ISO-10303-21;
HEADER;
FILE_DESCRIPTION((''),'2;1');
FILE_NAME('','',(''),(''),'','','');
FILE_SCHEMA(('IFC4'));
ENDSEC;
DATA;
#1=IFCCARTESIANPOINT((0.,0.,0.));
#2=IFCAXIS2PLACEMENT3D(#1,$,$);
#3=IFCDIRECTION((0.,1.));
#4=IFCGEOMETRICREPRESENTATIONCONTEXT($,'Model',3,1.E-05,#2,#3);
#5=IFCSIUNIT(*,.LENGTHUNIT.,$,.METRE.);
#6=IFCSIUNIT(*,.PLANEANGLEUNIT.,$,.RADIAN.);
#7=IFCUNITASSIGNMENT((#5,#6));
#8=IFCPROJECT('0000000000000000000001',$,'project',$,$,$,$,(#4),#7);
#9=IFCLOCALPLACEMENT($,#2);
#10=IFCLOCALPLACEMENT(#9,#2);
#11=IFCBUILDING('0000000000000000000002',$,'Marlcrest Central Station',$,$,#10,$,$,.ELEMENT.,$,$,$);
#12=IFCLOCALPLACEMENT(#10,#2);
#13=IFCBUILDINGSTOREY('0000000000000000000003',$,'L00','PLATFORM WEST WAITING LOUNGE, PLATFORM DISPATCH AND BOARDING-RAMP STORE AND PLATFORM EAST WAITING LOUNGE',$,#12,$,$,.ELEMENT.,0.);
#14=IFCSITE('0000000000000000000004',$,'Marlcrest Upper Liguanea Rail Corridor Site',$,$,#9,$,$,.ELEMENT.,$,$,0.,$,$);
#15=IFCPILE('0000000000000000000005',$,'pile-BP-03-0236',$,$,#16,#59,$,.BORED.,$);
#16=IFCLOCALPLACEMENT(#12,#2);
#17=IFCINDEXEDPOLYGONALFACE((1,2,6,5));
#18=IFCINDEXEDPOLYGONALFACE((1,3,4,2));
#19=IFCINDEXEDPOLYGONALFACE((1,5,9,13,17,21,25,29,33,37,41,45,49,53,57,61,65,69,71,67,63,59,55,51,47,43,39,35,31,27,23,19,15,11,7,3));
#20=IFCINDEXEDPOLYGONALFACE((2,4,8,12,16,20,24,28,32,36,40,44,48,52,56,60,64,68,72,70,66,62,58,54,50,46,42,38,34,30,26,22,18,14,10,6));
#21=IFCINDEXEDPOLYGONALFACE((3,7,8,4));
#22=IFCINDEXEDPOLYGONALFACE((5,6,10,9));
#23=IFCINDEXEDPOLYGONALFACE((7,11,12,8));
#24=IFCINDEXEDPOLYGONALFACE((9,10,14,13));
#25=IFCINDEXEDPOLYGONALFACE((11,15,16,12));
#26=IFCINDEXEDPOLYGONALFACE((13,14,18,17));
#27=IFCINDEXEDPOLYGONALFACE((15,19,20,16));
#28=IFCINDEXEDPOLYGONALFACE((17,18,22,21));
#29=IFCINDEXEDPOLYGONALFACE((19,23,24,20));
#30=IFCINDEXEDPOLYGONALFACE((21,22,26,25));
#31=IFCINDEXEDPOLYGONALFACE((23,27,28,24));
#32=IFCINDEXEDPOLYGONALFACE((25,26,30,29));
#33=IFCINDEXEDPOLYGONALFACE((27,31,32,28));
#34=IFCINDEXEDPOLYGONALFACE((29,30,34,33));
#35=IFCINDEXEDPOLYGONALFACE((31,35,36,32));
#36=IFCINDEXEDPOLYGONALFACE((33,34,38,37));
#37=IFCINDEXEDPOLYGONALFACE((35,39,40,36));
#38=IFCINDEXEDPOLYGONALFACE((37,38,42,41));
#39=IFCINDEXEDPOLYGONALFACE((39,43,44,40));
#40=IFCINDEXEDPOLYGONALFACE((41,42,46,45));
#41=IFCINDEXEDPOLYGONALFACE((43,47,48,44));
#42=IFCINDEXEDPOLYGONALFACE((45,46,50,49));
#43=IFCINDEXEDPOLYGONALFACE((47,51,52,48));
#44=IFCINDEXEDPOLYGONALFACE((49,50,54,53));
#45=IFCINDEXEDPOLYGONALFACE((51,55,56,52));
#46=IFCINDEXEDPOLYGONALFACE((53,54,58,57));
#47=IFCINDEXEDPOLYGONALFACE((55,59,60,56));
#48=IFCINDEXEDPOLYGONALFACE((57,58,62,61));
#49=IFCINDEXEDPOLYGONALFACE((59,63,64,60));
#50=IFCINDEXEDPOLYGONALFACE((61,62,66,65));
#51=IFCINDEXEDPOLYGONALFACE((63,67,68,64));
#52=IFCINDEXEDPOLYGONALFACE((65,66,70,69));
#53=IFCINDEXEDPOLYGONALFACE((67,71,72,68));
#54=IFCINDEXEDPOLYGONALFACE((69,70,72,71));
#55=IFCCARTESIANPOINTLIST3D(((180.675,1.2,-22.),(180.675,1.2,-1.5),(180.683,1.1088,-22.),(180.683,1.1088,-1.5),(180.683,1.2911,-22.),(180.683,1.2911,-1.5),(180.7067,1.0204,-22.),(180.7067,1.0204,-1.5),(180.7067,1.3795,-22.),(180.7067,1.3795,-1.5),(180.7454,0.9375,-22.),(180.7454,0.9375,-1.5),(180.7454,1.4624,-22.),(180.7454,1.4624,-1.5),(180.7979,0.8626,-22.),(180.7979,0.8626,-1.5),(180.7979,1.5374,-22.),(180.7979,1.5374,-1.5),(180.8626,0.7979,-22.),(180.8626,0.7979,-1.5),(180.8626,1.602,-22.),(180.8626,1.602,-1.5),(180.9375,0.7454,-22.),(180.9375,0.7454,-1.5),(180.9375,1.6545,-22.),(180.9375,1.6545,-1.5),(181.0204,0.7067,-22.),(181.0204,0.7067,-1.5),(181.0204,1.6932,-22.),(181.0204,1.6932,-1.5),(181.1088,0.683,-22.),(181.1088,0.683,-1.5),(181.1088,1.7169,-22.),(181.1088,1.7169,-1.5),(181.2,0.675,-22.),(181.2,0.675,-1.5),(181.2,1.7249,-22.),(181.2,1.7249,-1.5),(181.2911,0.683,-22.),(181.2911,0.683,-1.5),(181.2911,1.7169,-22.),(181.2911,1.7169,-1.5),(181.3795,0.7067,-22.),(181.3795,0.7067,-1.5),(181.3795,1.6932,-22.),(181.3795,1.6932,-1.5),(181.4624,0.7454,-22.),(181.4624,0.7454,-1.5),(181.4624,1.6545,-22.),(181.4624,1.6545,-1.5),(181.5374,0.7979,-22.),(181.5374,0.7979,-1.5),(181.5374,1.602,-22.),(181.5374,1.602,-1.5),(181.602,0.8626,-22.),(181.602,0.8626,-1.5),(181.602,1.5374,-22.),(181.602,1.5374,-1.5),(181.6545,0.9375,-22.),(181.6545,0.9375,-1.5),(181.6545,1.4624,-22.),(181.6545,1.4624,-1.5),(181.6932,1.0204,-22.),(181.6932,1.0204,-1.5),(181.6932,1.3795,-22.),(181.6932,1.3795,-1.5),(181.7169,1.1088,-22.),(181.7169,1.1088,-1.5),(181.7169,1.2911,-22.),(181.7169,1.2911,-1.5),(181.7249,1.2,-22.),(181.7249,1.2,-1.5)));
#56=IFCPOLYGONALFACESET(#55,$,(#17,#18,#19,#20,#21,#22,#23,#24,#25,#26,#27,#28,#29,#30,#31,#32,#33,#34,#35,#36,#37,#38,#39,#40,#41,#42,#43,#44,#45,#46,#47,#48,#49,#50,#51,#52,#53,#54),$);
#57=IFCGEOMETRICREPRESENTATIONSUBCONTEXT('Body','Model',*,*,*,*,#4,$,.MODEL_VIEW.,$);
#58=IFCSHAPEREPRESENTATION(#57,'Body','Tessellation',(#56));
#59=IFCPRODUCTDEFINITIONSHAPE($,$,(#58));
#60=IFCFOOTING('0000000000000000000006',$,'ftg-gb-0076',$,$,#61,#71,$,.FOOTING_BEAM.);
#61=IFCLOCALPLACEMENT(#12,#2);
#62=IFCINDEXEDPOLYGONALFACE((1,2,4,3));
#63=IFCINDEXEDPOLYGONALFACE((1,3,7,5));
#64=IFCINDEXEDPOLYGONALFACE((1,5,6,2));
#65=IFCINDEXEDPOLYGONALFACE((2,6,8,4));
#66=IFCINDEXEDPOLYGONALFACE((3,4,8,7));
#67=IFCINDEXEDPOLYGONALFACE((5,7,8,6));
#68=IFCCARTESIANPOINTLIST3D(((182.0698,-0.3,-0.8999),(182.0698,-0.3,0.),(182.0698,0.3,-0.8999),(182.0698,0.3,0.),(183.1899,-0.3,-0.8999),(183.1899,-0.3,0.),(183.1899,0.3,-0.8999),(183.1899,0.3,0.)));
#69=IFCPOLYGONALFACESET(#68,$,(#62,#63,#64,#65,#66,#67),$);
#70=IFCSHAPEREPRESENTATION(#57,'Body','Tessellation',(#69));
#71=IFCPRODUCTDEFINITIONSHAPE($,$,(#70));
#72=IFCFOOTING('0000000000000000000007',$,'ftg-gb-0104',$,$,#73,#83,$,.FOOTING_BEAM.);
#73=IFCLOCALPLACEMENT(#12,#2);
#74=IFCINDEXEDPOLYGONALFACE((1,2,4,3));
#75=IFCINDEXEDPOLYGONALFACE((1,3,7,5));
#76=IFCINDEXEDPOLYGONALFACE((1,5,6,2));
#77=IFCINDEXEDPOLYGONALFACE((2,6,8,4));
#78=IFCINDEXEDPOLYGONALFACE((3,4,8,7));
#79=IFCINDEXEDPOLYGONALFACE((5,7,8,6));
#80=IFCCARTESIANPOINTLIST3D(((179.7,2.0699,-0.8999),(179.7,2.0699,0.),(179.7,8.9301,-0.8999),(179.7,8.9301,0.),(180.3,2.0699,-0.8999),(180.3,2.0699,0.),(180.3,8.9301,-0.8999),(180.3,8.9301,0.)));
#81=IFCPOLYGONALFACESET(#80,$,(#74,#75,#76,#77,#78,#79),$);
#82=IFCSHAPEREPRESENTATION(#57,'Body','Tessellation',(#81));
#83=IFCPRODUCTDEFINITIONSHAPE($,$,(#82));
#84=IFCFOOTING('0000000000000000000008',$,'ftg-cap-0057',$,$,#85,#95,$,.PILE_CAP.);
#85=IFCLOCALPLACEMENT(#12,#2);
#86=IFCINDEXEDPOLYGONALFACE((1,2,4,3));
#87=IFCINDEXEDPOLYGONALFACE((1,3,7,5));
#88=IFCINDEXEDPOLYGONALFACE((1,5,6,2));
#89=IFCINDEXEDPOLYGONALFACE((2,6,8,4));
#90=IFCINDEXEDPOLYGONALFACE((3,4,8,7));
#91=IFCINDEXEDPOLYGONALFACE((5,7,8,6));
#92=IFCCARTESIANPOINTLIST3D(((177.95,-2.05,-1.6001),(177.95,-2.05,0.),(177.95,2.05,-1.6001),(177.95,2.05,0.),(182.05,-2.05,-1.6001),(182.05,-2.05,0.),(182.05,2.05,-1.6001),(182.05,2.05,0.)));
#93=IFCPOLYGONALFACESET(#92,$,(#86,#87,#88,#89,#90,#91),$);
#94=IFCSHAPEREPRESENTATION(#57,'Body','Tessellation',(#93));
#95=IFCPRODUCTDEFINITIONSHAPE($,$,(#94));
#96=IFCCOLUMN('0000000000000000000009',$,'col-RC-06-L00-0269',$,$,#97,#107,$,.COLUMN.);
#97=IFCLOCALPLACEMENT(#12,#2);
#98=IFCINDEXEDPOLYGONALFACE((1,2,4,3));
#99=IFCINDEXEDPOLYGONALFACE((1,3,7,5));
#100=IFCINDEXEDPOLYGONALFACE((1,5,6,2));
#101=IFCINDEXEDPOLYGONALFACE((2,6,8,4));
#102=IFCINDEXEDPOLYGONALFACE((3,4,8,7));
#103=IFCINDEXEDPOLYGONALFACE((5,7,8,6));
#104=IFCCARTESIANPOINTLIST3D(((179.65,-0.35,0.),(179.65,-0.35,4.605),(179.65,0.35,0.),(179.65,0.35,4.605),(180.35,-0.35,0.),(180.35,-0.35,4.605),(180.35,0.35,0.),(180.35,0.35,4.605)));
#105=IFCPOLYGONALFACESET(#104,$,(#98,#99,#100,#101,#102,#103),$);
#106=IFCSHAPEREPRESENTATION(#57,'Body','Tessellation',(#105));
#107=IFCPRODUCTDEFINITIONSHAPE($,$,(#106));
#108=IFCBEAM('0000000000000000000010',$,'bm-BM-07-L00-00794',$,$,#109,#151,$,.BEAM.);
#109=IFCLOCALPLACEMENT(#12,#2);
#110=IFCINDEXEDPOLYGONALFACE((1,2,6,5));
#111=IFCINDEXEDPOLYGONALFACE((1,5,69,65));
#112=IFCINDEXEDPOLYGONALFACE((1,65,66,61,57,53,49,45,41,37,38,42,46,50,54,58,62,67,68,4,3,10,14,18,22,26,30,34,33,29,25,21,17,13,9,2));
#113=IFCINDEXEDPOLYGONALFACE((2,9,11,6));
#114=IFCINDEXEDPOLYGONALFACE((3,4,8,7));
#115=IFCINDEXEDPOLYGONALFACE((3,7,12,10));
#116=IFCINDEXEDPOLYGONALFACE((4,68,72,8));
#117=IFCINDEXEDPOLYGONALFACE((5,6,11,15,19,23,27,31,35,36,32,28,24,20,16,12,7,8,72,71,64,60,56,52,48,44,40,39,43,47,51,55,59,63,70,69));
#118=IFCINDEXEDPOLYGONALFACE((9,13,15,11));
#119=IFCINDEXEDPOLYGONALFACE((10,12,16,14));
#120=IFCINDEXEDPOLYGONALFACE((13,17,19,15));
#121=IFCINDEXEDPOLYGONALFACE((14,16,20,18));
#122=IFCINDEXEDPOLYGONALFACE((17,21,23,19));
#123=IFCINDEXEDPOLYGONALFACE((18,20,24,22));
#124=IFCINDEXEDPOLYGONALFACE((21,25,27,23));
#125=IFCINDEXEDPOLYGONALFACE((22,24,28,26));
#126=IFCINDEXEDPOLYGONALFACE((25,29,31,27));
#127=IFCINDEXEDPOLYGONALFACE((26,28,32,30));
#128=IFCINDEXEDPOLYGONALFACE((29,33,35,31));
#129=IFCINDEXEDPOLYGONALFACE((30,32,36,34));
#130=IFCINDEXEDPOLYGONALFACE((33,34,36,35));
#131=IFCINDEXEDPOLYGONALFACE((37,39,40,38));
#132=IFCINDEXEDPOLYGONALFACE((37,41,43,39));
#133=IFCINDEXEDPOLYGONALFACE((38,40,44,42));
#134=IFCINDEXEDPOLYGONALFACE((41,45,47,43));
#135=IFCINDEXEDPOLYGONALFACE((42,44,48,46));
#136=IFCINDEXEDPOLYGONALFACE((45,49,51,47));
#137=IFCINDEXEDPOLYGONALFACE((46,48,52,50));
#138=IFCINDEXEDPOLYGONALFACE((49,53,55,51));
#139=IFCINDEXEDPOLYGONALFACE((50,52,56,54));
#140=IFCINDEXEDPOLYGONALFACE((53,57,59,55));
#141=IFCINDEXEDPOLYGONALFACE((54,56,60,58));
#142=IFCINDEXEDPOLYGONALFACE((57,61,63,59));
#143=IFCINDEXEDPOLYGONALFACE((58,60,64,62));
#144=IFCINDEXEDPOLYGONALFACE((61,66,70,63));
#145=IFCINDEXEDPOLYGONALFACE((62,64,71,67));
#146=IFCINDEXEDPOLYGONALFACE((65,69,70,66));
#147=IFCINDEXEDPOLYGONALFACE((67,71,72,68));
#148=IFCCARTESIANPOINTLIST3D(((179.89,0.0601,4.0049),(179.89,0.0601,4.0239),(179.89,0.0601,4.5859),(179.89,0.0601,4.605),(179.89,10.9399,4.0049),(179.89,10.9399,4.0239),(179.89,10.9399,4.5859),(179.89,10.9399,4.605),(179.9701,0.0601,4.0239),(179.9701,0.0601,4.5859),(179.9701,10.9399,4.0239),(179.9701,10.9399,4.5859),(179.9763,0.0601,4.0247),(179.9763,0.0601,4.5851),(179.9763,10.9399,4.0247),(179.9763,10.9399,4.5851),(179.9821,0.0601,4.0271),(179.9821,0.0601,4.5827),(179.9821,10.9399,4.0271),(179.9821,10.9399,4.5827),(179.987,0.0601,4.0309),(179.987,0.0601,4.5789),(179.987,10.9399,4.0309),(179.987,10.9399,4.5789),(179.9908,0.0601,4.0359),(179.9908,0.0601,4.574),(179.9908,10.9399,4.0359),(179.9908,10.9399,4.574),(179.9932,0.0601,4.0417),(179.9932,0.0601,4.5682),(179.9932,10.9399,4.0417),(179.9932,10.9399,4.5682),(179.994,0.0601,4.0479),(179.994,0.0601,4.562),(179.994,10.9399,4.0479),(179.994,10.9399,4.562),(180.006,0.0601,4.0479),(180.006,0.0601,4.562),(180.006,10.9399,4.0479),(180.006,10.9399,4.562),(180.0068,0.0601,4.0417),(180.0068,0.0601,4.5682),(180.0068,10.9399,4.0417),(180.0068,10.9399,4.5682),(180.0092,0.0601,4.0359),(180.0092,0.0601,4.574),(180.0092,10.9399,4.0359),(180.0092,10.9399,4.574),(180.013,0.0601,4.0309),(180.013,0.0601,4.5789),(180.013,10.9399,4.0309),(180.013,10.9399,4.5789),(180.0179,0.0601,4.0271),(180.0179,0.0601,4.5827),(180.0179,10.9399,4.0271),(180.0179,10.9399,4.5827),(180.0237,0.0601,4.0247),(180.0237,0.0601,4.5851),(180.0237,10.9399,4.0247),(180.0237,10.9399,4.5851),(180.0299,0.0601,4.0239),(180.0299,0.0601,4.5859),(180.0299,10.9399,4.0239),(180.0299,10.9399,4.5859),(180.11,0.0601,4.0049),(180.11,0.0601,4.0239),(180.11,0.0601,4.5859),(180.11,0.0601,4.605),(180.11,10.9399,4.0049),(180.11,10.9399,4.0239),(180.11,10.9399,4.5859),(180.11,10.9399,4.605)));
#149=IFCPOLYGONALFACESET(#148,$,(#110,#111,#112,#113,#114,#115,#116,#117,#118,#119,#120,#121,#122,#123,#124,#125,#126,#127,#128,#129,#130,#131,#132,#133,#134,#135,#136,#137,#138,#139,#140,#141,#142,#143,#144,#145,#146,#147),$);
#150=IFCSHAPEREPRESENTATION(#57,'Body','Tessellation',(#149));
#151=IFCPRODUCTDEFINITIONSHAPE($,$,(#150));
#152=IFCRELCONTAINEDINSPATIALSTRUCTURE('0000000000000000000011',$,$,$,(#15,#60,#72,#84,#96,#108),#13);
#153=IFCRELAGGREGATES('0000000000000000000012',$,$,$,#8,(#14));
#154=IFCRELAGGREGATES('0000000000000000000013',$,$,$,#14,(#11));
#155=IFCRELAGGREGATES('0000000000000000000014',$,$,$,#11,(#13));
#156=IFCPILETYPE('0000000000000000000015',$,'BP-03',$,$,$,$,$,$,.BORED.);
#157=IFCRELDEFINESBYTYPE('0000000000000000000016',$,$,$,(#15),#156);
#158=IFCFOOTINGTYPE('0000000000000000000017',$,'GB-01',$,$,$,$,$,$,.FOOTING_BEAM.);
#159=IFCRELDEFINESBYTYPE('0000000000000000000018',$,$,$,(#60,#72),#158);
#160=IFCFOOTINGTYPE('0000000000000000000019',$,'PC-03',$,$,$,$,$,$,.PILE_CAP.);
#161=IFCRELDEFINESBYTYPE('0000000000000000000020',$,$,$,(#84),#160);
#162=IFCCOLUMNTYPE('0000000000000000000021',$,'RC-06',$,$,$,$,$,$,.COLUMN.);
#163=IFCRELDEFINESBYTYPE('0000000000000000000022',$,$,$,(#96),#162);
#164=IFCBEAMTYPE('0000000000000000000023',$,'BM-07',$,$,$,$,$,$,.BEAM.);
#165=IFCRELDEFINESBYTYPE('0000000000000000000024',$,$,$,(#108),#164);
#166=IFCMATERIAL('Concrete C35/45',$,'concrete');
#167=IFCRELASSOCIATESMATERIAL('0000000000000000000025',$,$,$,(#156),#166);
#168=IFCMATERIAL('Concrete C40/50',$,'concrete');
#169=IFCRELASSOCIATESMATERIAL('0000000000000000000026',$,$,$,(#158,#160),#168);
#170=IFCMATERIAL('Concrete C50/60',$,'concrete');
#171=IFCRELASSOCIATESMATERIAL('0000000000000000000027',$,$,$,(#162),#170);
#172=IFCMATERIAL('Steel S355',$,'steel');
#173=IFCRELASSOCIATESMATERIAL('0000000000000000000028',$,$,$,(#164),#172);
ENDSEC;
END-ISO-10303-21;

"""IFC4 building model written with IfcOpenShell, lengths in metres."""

from ifc_helpers import new_model, si_unit, direction, frame, origin, origin_2d, place, context, subcontext, project, spatial, rectangle, circle, i_section, extrude, material, material_profile, profile_set, type_object, element, save


model = new_model("IFC4")

# Units and contexts
model_context = context("Model", 3, precision=1e-05, world=origin(), true_north=direction((0.0, 1.0)))
body_context = subcontext(model_context, "Body", "Model", "MODEL_VIEW")
ifc_project = project(units=[si_unit("LENGTHUNIT", "METRE"), si_unit("PLANEANGLEUNIT", "RADIAN")], contexts=[model_context])

# Site, building, storey
site_placement = place(None, origin())
site = spatial("IfcSite", under=ifc_project, at=site_placement, Name="Marlcrest Upper Liguanea Rail Corridor Site", CompositionType="ELEMENT", RefElevation=0.0)
building_placement = place(site_placement, origin())
building = spatial("IfcBuilding", under=site, at=building_placement, Name="Marlcrest Central Station", CompositionType="ELEMENT")
storey_placement = place(building_placement, origin())
storey = spatial("IfcBuildingStorey", under=building, at=storey_placement, Name="L00", Description="PLATFORM WEST WAITING LOUNGE, PLATFORM DISPATCH AND BOARDING-RAMP STORE AND PLATFORM EAST WAITING LOUNGE", CompositionType="ELEMENT", Elevation=0.0)

# Pile
ifc_material_1 = material(Name="Concrete C35/45", Category="concrete")
ifc_material_profile_1 = material_profile(ifc_material_1, circle(Radius=0.5249, at=origin_2d()), Name="PILE D1050")
ifc_profile_set_1 = profile_set([ifc_material_profile_1], Name="Concrete C35/45")
pile_type_1 = type_object("IfcPileType", Name="BP-03", PredefinedType="BORED", material=ifc_profile_set_1)
for number, where, z_axis, x_axis, name in (
    (1, (181.2, 1.2, -1.5), (0.0, 0.0, -1.0), (1.0, 0.0, 0.0), "pile-BP-03-0236"),
):
    element("IfcPile", number, at=place(storey_placement, frame(where, z_axis=z_axis, x_axis=x_axis)), inside=storey, type_object=pile_type_1, Name=name, PredefinedType="BORED", context=body_context, shape_type="SweptSolid", body=[
        extrude(circle(Radius=0.5249, at=origin_2d()), origin(), (0.0, 0.0, 1.0), 20.5),
    ])

# Footings
ifc_material_2 = material(Name="Concrete C40/50", Category="concrete")
footing_type_1 = type_object("IfcFootingType", Name="GB-01", PredefinedType="FOOTING_BEAM", material=ifc_material_2)
footing_1_placement = place(storey_placement, frame((182.6299, 0.0, -0.8999), z_axis=(0.0, 0.0, 1.0), x_axis=(1.0, 0.0, 0.0)))
element("IfcFooting", 2, at=footing_1_placement, inside=storey, type_object=footing_type_1, Name="ftg-gb-0076", PredefinedType="FOOTING_BEAM", context=body_context, shape_type="SweptSolid", body=[
    extrude(rectangle(XDim=1.1201, YDim=0.6001, at=origin_2d()), origin(), (0.0, 0.0, 1.0), 0.8999),
])
footing_2_placement = place(storey_placement, frame((180.0, 5.5, -0.8999), z_axis=(0.0, 0.0, 1.0), x_axis=(1.0, 0.0, 0.0)))
element("IfcFooting", 3, at=footing_2_placement, inside=storey, type_object=footing_type_1, Name="ftg-gb-0104", PredefinedType="FOOTING_BEAM", context=body_context, shape_type="SweptSolid", body=[
    extrude(rectangle(XDim=0.6001, YDim=6.8601, at=origin_2d()), origin(), (0.0, 0.0, 1.0), 0.8999),
])
footing_type_2 = type_object("IfcFootingType", Name="PC-03", PredefinedType="PILE_CAP", material=ifc_material_2)
footing_3_placement = place(storey_placement, frame((180.0, 0.0, -1.6001), z_axis=(0.0, 0.0, 1.0), x_axis=(1.0, 0.0, 0.0)))
element("IfcFooting", 4, at=footing_3_placement, inside=storey, type_object=footing_type_2, Name="ftg-cap-0057", PredefinedType="PILE_CAP", context=body_context, shape_type="SweptSolid", body=[
    extrude(rectangle(XDim=4.1001, YDim=4.1001, at=origin_2d()), origin(), (0.0, 0.0, 1.0), 1.6001),
])

# Column
ifc_material_3 = material(Name="Concrete C50/60", Category="concrete")
ifc_material_profile_2 = material_profile(ifc_material_3, rectangle(XDim=0.7, YDim=0.7, at=origin_2d()), Name="RC 700x700")
ifc_profile_set_2 = profile_set([ifc_material_profile_2], Name="Concrete C50/60")
column_type = type_object("IfcColumnType", Name="RC-06", PredefinedType="COLUMN", material=ifc_profile_set_2)
column_placement = place(storey_placement, frame((180.0, 0.0, 0.0), z_axis=(0.0, 0.0, 1.0), x_axis=(1.0, 0.0, 0.0)))
element("IfcColumn", 5, at=column_placement, inside=storey, type_object=column_type, Name="col-RC-06-L00-0269", PredefinedType="COLUMN", context=body_context, shape_type="SweptSolid", body=[
    extrude(rectangle(XDim=0.7, YDim=0.7, at=origin_2d()), origin(), (0.0, 0.0, 1.0), 4.605),
])

# Beam
ifc_material_4 = material(Name="Steel S355", Category="steel")
ifc_material_profile_3 = material_profile(ifc_material_4, i_section(OverallWidth=0.22, OverallDepth=0.6001, WebThickness=0.012, FlangeThickness=0.019, FilletRadius=0.0239, at=origin_2d()), Name="IPE 600")
ifc_profile_set_3 = profile_set([ifc_material_profile_3], Name="Steel S355")
beam_type_1 = type_object("IfcBeamType", Name="BM-07", PredefinedType="BEAM", material=ifc_profile_set_3)
beam_1_placement = place(storey_placement, frame((180.0, 0.0601, 4.3049), z_axis=(0.0, 1.0, 0.0), x_axis=(-1.0, 0.0, 0.0)))
element("IfcBeam", 6, at=beam_1_placement, inside=storey, type_object=beam_type_1, Name="bm-BM-07-L00-00794", PredefinedType="BEAM", context=body_context, shape_type="SweptSolid", body=[
    extrude(i_section(OverallWidth=0.22, OverallDepth=0.6001, WebThickness=0.012, FlangeThickness=0.019, FilletRadius=0.0239, at=origin_2d()), origin(), (0.0, 0.0, 1.0), 10.8799),
])

save(model, "model.ifc")
